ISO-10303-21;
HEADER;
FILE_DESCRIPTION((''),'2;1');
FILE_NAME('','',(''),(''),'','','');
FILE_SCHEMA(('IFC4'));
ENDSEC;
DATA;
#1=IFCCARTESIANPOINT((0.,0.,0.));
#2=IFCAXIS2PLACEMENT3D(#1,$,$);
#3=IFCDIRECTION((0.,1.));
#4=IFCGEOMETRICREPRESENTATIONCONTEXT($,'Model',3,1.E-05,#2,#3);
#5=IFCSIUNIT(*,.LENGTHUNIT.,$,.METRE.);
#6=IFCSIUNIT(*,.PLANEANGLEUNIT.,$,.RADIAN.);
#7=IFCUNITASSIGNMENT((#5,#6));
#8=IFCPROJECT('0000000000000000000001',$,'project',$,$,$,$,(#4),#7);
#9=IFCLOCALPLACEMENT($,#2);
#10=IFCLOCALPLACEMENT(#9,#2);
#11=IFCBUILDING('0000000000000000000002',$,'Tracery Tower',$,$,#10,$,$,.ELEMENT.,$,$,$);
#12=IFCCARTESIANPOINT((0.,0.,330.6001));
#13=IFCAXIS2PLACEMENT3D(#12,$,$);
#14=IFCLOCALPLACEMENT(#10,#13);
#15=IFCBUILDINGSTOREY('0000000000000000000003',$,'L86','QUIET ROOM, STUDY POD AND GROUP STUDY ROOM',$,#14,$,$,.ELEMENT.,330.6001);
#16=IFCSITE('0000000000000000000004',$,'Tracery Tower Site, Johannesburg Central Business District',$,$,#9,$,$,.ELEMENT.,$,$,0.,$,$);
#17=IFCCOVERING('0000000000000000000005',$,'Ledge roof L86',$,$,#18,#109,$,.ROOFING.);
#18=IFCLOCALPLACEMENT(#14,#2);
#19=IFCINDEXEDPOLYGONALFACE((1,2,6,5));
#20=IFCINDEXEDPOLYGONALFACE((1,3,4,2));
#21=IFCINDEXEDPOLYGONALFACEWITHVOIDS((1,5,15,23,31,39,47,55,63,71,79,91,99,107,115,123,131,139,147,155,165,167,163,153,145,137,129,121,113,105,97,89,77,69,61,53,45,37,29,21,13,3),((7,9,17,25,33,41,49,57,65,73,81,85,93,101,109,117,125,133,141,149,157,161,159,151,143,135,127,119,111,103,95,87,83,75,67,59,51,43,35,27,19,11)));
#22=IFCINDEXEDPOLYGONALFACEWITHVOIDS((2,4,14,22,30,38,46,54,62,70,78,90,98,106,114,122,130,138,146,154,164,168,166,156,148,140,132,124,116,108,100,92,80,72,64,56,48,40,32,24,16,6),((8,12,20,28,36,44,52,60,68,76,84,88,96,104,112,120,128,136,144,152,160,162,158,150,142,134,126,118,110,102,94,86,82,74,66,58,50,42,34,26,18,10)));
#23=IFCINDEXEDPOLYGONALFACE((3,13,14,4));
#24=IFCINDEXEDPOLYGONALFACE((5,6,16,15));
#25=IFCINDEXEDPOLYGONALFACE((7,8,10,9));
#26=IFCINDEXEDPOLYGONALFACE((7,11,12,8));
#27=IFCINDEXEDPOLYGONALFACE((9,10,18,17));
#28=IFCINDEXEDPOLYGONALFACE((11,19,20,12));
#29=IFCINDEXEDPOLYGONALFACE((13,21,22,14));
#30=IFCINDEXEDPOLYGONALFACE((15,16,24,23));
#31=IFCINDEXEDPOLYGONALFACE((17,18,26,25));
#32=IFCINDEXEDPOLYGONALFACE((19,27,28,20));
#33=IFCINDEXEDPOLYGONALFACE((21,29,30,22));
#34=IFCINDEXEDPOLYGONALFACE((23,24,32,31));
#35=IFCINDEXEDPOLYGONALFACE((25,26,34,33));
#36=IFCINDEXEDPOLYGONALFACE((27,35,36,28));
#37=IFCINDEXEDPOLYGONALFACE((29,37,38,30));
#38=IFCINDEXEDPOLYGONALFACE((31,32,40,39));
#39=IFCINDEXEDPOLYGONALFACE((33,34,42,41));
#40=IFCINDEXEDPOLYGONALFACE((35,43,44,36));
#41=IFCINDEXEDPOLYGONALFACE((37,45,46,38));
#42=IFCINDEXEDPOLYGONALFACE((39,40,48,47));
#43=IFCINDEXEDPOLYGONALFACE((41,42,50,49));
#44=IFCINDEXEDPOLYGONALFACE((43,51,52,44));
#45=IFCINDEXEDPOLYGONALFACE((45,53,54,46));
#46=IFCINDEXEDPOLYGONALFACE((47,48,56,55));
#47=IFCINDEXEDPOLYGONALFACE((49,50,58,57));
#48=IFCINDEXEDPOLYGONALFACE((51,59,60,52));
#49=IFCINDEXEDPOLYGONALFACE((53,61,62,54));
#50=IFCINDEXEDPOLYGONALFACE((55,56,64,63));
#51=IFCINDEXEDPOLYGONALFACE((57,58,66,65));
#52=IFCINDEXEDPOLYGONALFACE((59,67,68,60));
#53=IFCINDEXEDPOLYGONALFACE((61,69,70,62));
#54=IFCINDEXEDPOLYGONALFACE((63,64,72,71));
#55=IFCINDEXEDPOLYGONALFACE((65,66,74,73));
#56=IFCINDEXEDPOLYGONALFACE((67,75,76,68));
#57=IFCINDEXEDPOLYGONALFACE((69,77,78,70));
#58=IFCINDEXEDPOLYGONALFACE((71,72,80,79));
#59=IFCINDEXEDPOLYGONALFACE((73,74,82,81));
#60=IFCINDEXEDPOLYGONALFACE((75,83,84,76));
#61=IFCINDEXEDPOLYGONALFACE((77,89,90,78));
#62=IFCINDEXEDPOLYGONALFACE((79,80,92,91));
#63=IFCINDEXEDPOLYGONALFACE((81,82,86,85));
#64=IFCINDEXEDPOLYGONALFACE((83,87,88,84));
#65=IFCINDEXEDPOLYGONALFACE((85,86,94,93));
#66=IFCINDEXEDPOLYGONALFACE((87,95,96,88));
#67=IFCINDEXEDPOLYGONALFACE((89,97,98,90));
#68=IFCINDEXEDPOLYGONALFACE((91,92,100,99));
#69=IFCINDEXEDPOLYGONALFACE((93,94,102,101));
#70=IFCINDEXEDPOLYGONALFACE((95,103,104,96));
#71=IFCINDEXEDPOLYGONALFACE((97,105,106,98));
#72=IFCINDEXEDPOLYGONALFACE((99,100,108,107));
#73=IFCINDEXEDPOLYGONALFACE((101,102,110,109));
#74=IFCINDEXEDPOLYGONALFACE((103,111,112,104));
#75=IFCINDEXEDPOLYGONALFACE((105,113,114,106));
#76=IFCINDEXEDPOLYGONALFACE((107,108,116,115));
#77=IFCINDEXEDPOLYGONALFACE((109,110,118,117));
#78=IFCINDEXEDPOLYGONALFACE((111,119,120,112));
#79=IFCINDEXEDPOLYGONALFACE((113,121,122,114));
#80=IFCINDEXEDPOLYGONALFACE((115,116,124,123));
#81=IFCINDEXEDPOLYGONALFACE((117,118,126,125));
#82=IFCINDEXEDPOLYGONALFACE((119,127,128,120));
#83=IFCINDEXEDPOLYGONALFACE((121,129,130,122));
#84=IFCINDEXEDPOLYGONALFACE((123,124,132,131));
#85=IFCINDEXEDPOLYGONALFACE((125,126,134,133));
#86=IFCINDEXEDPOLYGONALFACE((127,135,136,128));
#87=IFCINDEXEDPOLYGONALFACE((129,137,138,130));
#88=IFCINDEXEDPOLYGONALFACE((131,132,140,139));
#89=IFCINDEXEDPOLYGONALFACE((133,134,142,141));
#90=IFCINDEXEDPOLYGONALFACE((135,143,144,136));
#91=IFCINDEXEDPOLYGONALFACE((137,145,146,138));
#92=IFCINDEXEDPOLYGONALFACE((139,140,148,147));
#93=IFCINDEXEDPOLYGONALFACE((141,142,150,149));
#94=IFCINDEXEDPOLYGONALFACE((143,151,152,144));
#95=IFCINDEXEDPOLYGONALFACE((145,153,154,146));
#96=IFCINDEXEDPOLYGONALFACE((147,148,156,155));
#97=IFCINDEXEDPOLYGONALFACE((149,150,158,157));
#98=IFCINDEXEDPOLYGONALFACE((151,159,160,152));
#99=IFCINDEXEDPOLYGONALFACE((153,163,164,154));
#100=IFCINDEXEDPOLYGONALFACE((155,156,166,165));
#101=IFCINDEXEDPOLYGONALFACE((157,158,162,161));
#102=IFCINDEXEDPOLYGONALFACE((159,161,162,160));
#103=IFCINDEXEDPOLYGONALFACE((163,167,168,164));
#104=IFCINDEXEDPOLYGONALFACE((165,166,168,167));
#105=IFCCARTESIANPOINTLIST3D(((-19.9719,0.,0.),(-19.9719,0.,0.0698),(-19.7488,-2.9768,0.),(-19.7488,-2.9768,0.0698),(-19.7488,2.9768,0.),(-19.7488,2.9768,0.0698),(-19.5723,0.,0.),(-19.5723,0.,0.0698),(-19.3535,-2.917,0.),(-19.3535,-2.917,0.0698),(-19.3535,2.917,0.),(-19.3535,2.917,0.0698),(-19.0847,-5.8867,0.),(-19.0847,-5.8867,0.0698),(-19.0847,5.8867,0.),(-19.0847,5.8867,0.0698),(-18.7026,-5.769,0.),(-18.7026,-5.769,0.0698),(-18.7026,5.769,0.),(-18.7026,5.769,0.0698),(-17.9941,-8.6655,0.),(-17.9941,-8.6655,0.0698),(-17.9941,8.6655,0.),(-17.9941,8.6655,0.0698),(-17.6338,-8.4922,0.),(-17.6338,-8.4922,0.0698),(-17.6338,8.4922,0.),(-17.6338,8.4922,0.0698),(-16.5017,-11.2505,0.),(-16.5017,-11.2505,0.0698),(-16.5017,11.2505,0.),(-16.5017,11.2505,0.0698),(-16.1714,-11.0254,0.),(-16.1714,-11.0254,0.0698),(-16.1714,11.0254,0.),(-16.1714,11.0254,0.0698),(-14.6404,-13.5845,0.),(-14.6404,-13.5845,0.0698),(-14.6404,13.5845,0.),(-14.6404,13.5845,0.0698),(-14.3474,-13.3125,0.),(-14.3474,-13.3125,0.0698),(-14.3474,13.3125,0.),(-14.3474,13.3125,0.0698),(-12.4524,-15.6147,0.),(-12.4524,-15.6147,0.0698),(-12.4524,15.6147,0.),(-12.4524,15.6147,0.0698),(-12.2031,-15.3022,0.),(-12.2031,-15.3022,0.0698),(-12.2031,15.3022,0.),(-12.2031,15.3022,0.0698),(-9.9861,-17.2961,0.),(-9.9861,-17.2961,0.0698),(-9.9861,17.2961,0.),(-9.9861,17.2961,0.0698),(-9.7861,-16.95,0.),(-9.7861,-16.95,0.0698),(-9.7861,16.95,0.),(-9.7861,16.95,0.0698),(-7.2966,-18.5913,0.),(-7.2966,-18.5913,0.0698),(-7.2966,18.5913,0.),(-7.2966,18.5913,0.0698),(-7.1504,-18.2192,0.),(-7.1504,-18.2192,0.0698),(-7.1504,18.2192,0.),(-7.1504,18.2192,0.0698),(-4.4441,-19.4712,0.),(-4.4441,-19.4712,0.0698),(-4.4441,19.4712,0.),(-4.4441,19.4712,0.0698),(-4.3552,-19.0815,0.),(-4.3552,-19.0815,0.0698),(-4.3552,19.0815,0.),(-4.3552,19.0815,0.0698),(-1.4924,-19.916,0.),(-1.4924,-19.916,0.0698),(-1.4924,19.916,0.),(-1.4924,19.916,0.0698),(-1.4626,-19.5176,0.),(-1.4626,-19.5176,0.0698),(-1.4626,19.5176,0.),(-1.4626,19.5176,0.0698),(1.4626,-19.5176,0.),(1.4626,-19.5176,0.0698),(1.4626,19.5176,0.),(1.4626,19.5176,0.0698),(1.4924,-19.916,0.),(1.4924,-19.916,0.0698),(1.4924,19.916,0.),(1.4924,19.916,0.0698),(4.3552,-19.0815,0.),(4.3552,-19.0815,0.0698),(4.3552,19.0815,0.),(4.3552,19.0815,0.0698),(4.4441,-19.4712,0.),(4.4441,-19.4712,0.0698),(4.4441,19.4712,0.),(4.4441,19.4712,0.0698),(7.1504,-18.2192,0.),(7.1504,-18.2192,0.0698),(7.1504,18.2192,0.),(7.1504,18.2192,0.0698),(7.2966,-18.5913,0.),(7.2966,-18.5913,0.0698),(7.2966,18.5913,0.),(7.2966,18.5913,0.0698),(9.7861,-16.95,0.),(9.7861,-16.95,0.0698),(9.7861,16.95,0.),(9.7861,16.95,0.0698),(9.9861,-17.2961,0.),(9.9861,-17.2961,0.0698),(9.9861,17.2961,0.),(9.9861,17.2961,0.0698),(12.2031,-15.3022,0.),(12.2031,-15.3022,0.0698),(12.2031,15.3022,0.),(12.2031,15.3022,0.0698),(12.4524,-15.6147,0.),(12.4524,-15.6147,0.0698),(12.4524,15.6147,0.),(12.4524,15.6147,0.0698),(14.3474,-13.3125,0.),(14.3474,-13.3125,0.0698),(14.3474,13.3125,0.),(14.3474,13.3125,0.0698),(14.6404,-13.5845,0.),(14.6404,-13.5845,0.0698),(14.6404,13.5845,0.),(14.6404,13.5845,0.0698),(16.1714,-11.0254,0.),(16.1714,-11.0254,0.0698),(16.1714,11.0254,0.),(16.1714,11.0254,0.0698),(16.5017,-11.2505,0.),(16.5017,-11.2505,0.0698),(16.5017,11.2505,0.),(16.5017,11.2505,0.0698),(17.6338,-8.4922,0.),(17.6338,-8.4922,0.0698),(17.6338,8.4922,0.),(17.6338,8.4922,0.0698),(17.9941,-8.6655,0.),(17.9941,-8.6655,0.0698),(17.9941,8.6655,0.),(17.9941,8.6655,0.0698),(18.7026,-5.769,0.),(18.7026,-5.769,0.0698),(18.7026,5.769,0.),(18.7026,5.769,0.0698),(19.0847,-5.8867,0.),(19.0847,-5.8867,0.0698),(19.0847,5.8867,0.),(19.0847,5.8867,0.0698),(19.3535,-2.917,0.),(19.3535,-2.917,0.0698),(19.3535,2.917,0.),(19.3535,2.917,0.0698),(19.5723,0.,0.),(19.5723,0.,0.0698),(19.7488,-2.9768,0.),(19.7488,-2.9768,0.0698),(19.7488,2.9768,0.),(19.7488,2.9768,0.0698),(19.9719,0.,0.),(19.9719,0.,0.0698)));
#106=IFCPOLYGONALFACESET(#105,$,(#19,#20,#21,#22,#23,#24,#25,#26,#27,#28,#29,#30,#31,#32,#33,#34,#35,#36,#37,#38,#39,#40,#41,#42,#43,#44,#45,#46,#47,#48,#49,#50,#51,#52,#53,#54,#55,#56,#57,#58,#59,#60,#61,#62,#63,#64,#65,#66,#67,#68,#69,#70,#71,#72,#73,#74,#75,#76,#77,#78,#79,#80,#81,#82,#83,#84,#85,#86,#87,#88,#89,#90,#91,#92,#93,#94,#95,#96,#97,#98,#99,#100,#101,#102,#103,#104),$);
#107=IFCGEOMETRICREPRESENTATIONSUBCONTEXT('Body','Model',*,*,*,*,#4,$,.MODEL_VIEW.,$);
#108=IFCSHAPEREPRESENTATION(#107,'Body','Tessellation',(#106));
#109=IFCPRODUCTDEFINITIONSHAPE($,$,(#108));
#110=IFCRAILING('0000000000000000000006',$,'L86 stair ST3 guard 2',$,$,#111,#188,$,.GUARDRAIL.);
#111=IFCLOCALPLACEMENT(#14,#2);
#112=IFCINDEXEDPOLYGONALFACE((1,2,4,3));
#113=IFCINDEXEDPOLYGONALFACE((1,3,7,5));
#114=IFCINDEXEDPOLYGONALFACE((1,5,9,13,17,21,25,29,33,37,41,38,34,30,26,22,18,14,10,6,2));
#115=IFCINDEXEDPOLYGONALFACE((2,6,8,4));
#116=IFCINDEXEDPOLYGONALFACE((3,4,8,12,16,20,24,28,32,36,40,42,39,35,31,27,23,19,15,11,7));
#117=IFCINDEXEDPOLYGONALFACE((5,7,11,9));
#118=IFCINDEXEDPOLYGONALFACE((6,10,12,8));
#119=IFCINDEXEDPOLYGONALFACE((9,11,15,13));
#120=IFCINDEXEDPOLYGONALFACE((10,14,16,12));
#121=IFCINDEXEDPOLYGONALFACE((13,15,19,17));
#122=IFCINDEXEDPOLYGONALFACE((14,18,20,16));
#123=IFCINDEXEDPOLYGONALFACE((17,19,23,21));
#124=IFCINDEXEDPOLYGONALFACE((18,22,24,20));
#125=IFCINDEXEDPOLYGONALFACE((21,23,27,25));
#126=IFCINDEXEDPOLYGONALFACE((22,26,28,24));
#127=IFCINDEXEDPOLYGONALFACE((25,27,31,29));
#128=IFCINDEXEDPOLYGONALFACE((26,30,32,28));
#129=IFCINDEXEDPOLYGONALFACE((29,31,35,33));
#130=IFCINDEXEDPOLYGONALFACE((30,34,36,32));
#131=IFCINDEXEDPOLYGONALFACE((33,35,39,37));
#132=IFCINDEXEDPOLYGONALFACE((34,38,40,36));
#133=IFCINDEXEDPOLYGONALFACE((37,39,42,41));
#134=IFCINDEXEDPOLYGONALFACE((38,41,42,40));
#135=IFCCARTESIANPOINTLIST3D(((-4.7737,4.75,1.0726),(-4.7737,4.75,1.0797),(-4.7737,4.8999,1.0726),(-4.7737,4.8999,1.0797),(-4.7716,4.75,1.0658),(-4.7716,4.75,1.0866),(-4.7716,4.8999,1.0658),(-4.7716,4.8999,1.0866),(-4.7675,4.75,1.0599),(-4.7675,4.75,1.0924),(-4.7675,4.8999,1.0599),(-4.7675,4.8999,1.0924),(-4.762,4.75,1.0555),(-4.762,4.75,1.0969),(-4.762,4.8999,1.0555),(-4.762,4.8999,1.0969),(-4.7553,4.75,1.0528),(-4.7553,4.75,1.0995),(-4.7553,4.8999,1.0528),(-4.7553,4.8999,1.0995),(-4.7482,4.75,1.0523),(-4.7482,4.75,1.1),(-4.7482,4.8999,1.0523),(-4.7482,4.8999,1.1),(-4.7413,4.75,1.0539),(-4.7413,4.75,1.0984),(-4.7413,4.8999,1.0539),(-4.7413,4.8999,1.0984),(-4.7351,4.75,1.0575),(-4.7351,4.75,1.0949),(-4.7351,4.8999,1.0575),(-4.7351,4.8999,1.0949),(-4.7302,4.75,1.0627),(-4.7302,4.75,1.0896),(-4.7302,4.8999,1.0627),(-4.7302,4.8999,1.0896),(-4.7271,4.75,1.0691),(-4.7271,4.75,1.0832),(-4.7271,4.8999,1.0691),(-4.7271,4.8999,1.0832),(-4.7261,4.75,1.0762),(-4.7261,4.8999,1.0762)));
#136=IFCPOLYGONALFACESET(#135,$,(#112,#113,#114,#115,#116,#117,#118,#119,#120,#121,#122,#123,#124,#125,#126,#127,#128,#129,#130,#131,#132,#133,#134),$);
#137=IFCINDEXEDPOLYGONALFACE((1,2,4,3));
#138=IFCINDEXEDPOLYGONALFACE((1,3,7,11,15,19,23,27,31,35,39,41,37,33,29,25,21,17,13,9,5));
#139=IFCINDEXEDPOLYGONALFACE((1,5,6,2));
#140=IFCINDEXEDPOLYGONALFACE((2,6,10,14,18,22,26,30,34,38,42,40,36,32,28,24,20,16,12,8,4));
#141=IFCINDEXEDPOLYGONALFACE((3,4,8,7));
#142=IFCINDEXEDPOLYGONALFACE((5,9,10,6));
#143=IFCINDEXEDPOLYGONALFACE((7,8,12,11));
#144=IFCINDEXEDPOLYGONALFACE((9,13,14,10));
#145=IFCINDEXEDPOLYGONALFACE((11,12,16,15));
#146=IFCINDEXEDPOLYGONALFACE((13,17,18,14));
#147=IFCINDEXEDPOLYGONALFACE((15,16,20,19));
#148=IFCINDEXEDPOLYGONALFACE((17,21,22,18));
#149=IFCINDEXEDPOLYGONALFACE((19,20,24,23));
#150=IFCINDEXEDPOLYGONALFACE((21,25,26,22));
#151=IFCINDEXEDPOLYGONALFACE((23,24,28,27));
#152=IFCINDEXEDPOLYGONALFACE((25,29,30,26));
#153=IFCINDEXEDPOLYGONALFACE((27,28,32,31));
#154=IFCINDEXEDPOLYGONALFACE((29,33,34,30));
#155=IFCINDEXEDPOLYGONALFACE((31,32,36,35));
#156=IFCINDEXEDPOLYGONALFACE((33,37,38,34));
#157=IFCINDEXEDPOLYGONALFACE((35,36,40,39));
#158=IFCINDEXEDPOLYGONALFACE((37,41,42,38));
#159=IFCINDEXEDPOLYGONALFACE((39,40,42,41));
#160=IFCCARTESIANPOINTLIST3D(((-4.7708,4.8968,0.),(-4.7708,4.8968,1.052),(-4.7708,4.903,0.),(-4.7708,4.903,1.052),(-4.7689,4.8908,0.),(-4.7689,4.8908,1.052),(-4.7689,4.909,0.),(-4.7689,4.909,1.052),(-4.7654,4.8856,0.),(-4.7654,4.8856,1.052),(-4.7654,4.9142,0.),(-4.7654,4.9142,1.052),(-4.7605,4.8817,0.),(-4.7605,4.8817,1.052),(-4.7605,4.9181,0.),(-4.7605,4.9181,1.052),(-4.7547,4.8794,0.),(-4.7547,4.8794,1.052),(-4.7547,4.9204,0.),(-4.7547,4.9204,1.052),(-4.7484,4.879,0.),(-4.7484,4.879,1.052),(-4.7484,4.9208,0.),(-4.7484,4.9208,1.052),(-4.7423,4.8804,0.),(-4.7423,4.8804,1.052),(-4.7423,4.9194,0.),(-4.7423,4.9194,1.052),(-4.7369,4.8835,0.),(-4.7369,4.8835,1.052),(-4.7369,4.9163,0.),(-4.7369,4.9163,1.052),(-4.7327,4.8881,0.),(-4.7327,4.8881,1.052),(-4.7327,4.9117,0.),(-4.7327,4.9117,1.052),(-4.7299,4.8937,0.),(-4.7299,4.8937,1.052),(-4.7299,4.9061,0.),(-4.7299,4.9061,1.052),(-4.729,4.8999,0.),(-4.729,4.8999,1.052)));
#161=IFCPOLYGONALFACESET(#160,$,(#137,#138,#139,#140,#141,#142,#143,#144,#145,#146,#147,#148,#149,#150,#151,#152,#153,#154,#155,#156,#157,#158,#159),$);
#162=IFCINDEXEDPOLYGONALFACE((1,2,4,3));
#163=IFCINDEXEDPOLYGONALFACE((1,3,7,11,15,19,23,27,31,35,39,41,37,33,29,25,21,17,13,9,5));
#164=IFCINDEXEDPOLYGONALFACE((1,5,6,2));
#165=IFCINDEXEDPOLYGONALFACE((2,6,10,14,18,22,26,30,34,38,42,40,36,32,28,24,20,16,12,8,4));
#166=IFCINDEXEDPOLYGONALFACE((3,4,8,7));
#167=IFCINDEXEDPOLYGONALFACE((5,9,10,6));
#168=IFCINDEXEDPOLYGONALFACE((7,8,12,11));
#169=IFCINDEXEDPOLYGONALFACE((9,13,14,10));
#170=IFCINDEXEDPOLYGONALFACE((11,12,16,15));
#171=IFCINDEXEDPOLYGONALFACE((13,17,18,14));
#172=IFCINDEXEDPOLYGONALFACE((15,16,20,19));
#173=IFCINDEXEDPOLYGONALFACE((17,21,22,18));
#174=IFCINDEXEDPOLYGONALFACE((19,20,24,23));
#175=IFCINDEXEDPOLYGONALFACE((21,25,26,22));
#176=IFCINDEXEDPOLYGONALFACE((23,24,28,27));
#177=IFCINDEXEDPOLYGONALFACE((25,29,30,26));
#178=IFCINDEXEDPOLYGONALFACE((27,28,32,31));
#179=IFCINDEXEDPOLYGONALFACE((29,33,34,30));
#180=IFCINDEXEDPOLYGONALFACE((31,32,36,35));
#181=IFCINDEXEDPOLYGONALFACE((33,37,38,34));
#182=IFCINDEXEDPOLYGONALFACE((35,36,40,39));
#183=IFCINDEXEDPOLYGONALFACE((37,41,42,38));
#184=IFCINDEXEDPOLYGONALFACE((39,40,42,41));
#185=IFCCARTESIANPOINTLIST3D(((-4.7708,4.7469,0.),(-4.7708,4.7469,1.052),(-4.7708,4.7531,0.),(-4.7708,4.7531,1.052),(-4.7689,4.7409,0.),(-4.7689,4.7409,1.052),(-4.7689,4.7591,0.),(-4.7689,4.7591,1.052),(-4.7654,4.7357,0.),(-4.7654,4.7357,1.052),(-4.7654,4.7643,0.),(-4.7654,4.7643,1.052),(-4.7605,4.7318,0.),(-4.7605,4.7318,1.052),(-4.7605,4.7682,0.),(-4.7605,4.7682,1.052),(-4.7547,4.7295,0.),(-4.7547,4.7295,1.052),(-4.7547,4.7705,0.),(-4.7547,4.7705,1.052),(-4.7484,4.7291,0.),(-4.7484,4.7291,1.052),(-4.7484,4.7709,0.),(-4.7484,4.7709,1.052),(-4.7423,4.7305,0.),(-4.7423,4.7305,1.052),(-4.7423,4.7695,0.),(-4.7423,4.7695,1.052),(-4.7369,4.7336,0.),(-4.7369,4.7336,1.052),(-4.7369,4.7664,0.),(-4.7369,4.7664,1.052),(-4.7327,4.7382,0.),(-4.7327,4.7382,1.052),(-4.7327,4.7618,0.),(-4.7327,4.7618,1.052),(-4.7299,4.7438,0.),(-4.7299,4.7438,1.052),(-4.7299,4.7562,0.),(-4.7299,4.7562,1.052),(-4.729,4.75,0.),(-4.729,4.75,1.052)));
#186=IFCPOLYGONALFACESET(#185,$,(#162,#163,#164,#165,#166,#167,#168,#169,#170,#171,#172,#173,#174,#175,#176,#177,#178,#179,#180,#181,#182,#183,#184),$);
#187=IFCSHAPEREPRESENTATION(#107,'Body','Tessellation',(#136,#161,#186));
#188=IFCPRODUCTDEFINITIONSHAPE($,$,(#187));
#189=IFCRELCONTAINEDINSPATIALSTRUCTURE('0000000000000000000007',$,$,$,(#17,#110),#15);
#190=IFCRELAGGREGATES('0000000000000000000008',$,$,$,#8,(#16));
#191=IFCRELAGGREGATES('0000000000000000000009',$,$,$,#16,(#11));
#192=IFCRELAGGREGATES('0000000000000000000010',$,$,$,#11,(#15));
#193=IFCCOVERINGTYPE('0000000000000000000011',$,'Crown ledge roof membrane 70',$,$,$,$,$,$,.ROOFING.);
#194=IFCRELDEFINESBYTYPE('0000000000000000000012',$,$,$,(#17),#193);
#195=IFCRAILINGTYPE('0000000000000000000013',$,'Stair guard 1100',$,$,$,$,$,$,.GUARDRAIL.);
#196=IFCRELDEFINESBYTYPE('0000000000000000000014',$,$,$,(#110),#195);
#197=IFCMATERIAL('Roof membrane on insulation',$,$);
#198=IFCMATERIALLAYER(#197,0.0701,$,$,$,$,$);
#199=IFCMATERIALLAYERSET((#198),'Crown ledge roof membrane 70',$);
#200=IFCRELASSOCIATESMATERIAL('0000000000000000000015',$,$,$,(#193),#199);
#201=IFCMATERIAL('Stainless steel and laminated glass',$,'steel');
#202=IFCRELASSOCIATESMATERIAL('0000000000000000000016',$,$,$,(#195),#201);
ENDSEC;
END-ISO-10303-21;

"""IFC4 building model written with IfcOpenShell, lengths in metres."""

from ifc_helpers import new_model, si_unit, direction, frame, origin, origin_2d, place, context, subcontext, project, spatial, polyline, circle, outline, extrude, material, layer, layer_set, type_object, element, save


model = new_model("IFC4")

# Units and contexts
model_context = context("Model", 3, precision=1e-05, world=origin(), true_north=direction((0.0, 1.0)))
body_context = subcontext(model_context, "Body", "Model", "MODEL_VIEW")
ifc_project = project(units=[si_unit("LENGTHUNIT", "METRE"), si_unit("PLANEANGLEUNIT", "RADIAN")], contexts=[model_context])

# Site, building, storey
site_placement = place(None, origin())
site = spatial("IfcSite", under=ifc_project, at=site_placement, Name="Tracery Tower Site, Johannesburg Central Business District", CompositionType="ELEMENT", RefElevation=0.0)
building_placement = place(site_placement, origin())
building = spatial("IfcBuilding", under=site, at=building_placement, Name="Tracery Tower", CompositionType="ELEMENT")
storey_placement = place(building_placement, frame((0.0, 0.0, 330.6001)))
storey = spatial("IfcBuildingStorey", under=building, at=storey_placement, Name="L86", Description="QUIET ROOM, STUDY POD AND GROUP STUDY ROOM", CompositionType="ELEMENT", Elevation=330.6001)

# Covering
ifc_material_1 = material(Name="Roof membrane on insulation")
ifc_layer_1 = layer(ifc_material_1, 0.0701)
ifc_layer_set_1 = layer_set([ifc_layer_1], Name="Crown ledge roof membrane 70")
covering_type = type_object("IfcCoveringType", Name="Crown ledge roof membrane 70", PredefinedType="ROOFING", material=ifc_layer_set_1)
covering_placement = place(storey_placement, origin())
element("IfcCovering", 1, at=covering_placement, inside=storey, type_object=covering_type, Name="Ledge roof L86", PredefinedType="ROOFING", context=body_context, shape_type="SweptSolid", body=[
    extrude(outline(polyline([(19.9719, 0.0), (19.7488, 2.9768), (19.0847, 5.8867), (17.9941, 8.6655), (16.5017, 11.2505), (14.6404, 13.5845), (12.4524, 15.6147), (9.9861, 17.2961), (7.2966, 18.5913), (4.4441, 19.4712), (1.4924, 19.916), (-1.4924, 19.916), (-4.4441, 19.4712), (-7.2966, 18.5913), (-9.9861, 17.2961), (-12.4524, 15.6147), (-14.6404, 13.5845), (-16.5017, 11.2505), (-17.9941, 8.6655), (-19.0847, 5.8867), (-19.7488, 2.9768), (-19.9719, 0.0), (-19.7488, -2.9768), (-19.0847, -5.8867), (-17.9941, -8.6655), (-16.5017, -11.2505), (-14.6404, -13.5845), (-12.4524, -15.6147), (-9.9861, -17.2961), (-7.2966, -18.5913), (-4.4441, -19.4712), (-1.4924, -19.916), (1.4924, -19.916), (4.4441, -19.4712), (7.2966, -18.5913), (9.9861, -17.2961), (12.4524, -15.6147), (14.6404, -13.5845), (16.5017, -11.2505), (17.9941, -8.6655), (19.0847, -5.8867), (19.7488, -2.9768), (19.9719, 0.0)]), holes=[polyline([(19.5723, 0.0), (19.3535, -2.917), (18.7026, -5.769), (17.6338, -8.4922), (16.1714, -11.0254), (14.3474, -13.3125), (12.2031, -15.3022), (9.7861, -16.95), (7.1504, -18.2192), (4.3552, -19.0815), (1.4626, -19.5176), (-1.4626, -19.5176), (-4.3552, -19.0815), (-7.1504, -18.2192), (-9.7861, -16.95), (-12.2031, -15.3022), (-14.3474, -13.3125), (-16.1714, -11.0254), (-17.6338, -8.4922), (-18.7026, -5.769), (-19.3535, -2.917), (-19.5723, 0.0), (-19.3535, 2.917), (-18.7026, 5.769), (-17.6338, 8.4922), (-16.1714, 11.0254), (-14.3474, 13.3125), (-12.2031, 15.3022), (-9.7861, 16.95), (-7.1504, 18.2192), (-4.3552, 19.0815), (-1.4626, 19.5176), (1.4626, 19.5176), (4.3552, 19.0815), (7.1504, 18.2192), (9.7861, 16.95), (12.2031, 15.3022), (14.3474, 13.3125), (16.1714, 11.0254), (17.6338, 8.4922), (18.7026, 5.769), (19.3535, 2.917), (19.5723, 0.0)])]), origin(), (0.0, 0.0, 1.0), 0.0698),
])

# Railing
ifc_material_2 = material(Name="Stainless steel and laminated glass", Category="steel")
railing_type_1 = type_object("IfcRailingType", Name="Stair guard 1100", PredefinedType="GUARDRAIL", material=ifc_material_2)
railing_1_placement = place(storey_placement, frame((-4.75, 4.8999, 0.0)))
element("IfcRailing", 2, at=railing_1_placement, inside=storey, type_object=railing_type_1, Name="L86 stair ST3 guard 2", PredefinedType="GUARDRAIL", context=body_context, shape_type="SweptSolid", body=[
    extrude(circle(Radius=0.0239, at=origin_2d()), frame((0.0, 0.0, 1.0762), z_axis=(0.0, -1.0, 0.0), x_axis=(1.0, 0.0, 0.0)), (0.0, 0.0, 1.0), 0.1499),
    extrude(circle(Radius=0.021, at=origin_2d()), origin(), (0.0, 0.0, 1.0), 1.052),
    extrude(circle(Radius=0.021, at=origin_2d()), frame((0.0, -0.1499, 0.0)), (0.0, 0.0, 1.0), 1.052),
])

save(model, "model.ifc")
